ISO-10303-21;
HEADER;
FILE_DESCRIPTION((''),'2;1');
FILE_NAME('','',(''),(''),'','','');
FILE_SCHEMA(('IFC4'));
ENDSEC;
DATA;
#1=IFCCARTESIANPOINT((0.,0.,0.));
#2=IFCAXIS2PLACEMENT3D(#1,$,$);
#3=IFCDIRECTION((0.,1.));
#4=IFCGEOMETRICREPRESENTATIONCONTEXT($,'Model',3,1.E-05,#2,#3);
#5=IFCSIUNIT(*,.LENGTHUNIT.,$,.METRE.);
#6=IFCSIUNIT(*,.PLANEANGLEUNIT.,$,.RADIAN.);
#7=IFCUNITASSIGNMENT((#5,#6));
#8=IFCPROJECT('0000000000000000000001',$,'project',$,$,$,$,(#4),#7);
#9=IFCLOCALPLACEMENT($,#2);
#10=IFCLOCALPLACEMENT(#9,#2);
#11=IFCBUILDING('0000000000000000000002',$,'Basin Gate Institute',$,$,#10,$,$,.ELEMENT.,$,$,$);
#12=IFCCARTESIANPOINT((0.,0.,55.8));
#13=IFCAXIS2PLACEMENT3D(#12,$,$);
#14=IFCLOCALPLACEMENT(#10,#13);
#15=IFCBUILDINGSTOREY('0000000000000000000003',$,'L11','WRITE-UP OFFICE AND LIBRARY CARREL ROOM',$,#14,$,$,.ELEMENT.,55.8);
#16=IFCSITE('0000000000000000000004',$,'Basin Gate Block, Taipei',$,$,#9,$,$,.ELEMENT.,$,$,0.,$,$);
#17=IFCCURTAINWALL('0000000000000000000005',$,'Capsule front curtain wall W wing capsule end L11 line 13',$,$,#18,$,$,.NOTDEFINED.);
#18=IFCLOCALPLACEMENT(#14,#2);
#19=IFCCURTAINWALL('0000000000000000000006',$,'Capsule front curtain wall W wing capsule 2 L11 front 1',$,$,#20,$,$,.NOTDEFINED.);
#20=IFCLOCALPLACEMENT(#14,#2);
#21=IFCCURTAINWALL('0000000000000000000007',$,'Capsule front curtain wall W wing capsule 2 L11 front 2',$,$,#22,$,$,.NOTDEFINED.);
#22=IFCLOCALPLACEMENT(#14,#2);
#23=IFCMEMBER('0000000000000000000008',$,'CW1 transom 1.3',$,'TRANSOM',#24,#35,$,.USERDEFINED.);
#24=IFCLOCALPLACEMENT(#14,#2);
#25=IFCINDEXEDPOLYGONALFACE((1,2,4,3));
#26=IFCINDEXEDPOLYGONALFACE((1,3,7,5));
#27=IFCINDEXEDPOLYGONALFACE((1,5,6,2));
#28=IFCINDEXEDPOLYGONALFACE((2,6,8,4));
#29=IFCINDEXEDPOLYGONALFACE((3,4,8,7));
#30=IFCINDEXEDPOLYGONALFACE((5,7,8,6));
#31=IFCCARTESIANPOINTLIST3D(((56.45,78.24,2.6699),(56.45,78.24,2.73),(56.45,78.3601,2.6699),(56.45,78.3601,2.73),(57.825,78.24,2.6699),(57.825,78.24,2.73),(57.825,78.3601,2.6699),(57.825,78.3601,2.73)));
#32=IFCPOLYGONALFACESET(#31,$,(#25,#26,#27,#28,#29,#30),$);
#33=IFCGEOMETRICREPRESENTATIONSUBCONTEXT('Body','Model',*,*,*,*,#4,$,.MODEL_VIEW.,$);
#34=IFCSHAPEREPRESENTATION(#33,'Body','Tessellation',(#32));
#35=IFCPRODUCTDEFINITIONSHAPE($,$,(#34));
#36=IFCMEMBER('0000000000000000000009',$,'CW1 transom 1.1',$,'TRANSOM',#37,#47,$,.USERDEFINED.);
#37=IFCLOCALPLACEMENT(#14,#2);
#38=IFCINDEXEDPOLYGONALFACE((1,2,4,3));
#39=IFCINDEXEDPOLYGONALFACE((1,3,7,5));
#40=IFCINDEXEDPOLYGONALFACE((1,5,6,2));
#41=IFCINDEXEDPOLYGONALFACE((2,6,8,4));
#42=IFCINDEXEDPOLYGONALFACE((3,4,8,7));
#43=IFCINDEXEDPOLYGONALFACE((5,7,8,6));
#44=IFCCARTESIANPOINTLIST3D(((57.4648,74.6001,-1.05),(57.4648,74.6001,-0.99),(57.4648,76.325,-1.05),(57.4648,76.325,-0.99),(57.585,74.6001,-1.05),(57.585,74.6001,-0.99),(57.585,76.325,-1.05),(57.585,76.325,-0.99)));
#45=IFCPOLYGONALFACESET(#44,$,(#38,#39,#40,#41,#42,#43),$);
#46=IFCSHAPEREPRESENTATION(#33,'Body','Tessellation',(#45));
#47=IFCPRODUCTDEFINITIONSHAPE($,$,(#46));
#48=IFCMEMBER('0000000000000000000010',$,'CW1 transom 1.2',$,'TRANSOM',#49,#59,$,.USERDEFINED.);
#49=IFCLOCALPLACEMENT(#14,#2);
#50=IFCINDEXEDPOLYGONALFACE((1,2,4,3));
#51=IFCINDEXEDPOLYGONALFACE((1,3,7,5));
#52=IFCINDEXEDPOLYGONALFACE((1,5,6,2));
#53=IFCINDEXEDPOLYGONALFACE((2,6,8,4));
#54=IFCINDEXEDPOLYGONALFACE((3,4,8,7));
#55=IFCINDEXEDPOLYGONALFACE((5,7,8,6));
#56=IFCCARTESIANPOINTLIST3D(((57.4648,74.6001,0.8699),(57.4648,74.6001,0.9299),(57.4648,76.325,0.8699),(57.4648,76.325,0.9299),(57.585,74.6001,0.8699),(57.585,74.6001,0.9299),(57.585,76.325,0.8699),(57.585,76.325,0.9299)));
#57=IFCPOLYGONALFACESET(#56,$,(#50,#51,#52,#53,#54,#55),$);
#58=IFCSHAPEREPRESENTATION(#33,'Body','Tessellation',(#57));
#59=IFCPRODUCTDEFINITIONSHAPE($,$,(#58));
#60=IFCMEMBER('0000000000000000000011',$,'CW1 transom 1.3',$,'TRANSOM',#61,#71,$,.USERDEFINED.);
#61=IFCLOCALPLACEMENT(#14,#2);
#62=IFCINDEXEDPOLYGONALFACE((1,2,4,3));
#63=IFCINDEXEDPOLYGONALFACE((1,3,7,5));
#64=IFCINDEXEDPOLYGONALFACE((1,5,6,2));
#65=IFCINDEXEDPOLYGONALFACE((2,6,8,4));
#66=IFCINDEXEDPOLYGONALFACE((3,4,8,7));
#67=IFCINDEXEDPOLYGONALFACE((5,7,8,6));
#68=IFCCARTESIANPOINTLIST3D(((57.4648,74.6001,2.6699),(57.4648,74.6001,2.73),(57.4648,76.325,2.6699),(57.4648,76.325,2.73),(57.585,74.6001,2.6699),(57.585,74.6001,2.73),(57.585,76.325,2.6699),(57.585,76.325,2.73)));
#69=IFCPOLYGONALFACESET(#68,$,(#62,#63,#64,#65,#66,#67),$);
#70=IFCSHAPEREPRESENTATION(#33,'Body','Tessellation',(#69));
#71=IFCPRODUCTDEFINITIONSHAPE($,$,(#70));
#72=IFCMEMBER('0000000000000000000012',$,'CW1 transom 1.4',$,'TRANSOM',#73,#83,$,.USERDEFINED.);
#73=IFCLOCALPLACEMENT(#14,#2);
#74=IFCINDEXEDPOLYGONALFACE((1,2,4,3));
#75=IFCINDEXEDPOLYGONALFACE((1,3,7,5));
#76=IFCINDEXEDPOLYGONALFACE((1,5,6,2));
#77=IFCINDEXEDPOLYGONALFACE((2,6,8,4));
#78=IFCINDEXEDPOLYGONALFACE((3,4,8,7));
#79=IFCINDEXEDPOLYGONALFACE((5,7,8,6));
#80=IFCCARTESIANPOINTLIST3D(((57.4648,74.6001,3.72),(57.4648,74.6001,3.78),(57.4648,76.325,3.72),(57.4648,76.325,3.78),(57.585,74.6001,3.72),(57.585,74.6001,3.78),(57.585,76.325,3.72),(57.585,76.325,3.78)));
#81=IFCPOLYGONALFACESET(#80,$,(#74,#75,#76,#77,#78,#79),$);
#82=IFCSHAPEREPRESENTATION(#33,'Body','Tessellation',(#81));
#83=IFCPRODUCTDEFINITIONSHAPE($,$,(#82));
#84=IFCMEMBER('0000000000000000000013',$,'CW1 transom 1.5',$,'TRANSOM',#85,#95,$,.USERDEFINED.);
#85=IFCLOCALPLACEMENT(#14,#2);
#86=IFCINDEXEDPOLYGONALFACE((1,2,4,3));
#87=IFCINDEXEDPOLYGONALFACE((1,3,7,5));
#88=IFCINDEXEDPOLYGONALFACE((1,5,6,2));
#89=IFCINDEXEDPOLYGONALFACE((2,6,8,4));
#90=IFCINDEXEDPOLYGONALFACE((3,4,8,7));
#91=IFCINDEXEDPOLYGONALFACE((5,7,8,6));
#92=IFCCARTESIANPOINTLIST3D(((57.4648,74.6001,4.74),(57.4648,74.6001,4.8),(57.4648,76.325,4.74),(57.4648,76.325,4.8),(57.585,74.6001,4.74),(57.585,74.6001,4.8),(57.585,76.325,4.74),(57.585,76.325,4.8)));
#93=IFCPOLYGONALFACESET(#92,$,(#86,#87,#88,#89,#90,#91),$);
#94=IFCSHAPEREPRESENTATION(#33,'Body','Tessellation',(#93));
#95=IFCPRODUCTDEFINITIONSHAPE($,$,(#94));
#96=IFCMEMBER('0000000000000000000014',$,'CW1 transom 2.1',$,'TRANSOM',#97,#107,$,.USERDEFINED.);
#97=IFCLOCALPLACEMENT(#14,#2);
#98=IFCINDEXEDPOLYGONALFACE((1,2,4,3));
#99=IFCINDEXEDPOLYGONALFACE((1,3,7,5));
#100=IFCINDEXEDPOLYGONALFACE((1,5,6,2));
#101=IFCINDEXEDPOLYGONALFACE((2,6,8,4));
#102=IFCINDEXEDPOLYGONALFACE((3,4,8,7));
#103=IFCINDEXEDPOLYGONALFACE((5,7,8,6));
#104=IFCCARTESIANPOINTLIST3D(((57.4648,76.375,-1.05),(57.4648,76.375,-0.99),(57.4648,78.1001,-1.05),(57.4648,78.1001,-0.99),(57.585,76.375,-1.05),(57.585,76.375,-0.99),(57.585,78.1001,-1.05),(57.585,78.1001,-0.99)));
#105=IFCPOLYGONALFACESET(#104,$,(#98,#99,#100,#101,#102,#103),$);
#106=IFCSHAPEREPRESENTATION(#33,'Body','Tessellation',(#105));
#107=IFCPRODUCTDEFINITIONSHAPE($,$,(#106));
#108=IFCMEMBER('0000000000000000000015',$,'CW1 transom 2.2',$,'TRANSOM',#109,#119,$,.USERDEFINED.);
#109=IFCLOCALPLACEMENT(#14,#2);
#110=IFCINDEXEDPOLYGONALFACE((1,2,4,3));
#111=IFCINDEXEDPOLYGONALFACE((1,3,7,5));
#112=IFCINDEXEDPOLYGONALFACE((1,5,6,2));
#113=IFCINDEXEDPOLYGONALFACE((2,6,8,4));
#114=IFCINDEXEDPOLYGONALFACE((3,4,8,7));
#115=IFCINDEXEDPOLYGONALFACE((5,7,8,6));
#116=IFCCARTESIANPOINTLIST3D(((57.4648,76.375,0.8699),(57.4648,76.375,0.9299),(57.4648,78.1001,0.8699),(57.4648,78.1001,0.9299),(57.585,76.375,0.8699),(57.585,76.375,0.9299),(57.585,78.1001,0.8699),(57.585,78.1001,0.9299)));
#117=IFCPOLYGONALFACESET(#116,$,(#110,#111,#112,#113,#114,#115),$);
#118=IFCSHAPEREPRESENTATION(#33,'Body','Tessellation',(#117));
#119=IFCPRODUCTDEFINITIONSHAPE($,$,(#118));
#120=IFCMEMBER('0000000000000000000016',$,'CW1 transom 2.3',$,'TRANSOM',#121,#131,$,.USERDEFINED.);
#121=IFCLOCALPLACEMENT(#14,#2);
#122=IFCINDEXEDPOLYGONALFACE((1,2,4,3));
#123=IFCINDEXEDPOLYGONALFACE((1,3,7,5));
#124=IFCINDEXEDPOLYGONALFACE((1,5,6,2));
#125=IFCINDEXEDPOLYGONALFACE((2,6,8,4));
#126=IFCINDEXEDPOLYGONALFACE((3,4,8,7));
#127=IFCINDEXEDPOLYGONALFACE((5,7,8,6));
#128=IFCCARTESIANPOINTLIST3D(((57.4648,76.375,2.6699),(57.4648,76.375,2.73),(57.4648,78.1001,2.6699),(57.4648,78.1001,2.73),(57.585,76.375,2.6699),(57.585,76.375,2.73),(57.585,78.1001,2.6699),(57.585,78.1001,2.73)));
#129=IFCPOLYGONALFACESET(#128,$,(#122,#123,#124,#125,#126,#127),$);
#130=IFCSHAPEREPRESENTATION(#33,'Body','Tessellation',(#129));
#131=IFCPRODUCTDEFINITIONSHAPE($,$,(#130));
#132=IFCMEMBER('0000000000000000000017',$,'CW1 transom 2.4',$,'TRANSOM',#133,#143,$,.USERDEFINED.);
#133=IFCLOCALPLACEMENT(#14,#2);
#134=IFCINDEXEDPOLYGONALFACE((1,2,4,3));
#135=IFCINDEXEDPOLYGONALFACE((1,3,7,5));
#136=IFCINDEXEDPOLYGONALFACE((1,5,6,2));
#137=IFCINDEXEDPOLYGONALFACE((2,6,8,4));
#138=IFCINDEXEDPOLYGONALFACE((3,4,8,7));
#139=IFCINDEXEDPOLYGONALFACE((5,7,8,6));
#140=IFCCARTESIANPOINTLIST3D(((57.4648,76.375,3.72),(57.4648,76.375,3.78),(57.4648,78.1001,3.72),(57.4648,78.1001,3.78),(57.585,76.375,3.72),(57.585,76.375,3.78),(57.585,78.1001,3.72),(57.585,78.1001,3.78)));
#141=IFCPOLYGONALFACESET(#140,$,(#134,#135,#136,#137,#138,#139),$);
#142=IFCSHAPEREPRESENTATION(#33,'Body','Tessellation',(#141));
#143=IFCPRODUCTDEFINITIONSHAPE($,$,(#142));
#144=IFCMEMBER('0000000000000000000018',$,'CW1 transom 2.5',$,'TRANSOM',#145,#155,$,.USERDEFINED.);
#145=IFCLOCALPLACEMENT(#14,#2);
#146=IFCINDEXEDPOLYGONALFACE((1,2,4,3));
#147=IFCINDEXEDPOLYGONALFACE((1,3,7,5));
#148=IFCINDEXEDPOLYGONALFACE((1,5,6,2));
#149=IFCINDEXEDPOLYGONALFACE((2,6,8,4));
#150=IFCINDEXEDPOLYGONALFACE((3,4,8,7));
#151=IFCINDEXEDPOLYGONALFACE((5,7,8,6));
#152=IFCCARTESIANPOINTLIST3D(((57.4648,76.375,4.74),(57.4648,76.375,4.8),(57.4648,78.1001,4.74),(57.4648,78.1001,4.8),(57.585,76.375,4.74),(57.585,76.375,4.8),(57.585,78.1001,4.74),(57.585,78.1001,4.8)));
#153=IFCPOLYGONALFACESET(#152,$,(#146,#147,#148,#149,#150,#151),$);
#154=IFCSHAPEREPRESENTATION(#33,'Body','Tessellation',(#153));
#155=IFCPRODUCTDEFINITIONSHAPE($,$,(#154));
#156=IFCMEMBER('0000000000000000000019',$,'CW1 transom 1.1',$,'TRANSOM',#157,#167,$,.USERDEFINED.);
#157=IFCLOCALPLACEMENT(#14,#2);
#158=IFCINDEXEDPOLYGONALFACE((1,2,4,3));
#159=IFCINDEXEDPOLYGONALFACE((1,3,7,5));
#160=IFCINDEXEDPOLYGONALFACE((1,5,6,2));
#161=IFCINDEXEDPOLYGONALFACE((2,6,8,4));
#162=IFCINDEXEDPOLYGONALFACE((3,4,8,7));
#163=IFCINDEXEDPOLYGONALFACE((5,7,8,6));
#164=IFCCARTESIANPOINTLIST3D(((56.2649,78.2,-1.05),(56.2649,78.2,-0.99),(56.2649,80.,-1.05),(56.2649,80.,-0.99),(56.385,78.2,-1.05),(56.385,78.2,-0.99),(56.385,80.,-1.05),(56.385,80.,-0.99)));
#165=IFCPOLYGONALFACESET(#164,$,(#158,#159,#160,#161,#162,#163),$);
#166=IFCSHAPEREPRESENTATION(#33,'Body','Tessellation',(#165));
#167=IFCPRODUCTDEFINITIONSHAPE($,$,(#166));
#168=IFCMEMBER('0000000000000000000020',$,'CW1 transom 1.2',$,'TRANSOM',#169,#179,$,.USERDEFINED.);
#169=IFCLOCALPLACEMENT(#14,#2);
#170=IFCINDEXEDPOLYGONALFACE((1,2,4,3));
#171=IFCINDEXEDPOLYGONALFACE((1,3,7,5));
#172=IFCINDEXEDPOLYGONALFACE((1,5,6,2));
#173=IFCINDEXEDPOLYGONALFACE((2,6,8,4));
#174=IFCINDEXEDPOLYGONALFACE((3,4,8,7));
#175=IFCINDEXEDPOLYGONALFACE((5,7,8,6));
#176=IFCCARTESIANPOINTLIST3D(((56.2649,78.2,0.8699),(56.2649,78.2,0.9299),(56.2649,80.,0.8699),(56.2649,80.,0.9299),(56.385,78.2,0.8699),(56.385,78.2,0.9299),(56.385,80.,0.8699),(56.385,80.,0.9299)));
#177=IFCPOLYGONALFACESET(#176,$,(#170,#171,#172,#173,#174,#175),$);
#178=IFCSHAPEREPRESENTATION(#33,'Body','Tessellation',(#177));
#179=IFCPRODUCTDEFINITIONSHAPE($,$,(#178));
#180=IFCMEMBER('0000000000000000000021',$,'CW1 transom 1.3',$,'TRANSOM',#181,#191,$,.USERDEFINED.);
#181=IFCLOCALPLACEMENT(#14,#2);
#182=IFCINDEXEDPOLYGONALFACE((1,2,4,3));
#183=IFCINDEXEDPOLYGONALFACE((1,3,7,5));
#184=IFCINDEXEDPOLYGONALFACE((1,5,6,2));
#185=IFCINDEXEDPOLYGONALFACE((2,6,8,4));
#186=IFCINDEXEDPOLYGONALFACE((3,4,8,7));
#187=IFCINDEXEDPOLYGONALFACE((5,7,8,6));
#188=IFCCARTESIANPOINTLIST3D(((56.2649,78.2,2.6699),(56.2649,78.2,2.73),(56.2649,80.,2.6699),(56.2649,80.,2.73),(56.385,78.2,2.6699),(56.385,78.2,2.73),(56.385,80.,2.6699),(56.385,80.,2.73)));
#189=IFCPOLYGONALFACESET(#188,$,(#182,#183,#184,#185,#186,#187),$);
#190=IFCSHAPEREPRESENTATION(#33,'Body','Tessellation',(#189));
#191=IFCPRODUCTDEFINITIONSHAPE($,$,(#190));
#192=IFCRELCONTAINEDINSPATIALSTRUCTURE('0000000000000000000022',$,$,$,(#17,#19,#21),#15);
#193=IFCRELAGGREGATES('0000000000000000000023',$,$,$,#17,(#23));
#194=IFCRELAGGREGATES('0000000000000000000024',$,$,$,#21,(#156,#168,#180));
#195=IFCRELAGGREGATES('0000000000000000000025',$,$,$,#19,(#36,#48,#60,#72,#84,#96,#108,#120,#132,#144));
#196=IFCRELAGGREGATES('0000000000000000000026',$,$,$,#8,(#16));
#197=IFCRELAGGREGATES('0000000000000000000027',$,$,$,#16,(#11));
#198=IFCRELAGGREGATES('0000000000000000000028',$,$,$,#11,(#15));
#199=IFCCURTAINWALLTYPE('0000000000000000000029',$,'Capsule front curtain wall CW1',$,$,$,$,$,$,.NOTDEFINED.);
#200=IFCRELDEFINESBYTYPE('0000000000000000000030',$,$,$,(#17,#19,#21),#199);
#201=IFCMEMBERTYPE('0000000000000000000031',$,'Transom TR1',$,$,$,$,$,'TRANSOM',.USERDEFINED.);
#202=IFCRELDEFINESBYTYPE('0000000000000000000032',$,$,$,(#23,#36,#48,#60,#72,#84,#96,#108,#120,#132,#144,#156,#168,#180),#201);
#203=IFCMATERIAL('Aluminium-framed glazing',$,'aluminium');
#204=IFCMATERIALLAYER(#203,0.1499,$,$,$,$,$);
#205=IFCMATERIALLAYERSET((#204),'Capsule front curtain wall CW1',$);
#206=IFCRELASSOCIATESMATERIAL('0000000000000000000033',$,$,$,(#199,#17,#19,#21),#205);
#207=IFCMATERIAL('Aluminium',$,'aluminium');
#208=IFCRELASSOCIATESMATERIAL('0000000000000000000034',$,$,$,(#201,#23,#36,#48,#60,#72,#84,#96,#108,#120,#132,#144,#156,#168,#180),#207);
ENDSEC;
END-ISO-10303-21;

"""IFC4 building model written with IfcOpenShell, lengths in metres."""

from ifc_helpers import new_model, si_unit, direction, frame, origin, origin_2d, place, context, subcontext, project, spatial, rectangle, extrude, material, layer, layer_set, material_profile, profile_set, type_object, element, aggregate, save


model = new_model("IFC4")

# Units and contexts
model_context = context("Model", 3, precision=1e-05, world=origin(), true_north=direction((0.0, 1.0)))
body_context = subcontext(model_context, "Body", "Model", "MODEL_VIEW")
ifc_project = project(units=[si_unit("LENGTHUNIT", "METRE"), si_unit("PLANEANGLEUNIT", "RADIAN")], contexts=[model_context])

# Site, building, storey
site_placement = place(None, origin())
site = spatial("IfcSite", under=ifc_project, at=site_placement, Name="Basin Gate Block, Taipei", CompositionType="ELEMENT", RefElevation=0.0)
building_placement = place(site_placement, origin())
building = spatial("IfcBuilding", under=site, at=building_placement, Name="Basin Gate Institute", CompositionType="ELEMENT")
storey_placement = place(building_placement, frame((0.0, 0.0, 55.8)))
storey = spatial("IfcBuildingStorey", under=building, at=storey_placement, Name="L11", Description="WRITE-UP OFFICE AND LIBRARY CARREL ROOM", CompositionType="ELEMENT", Elevation=55.8)

# Curtain wall
ifc_material_1 = material(Name="Aluminium-framed glazing", Category="aluminium")
ifc_layer_1 = layer(ifc_material_1, 0.1499)
ifc_layer_set_1 = layer_set([ifc_layer_1], Name="Capsule front curtain wall CW1")
curtain_wall_type = type_object("IfcCurtainWallType", Name="Capsule front curtain wall CW1", PredefinedType="NOTDEFINED", material=ifc_layer_set_1)
curtain_wall_1_placement = place(storey_placement, origin())
curtain_wall_1 = element("IfcCurtainWall", 1, at=curtain_wall_1_placement, inside=storey, type_object=curtain_wall_type, material=ifc_layer_set_1, Name="Capsule front curtain wall W wing capsule end L11 line 13", PredefinedType="NOTDEFINED")

# Curtain wall
curtain_wall_2_placement = place(storey_placement, origin())
curtain_wall_2 = element("IfcCurtainWall", 2, at=curtain_wall_2_placement, inside=storey, type_object=curtain_wall_type, material=ifc_layer_set_1, Name="Capsule front curtain wall W wing capsule 2 L11 front 1", PredefinedType="NOTDEFINED")

# Curtain wall
curtain_wall_3_placement = place(storey_placement, origin())
curtain_wall_3 = element("IfcCurtainWall", 3, at=curtain_wall_3_placement, inside=storey, type_object=curtain_wall_type, material=ifc_layer_set_1, Name="Capsule front curtain wall W wing capsule 2 L11 front 2", PredefinedType="NOTDEFINED")

# Members
ifc_material_2 = material(Name="Aluminium", Category="aluminium")
ifc_material_profile_1 = material_profile(ifc_material_2, rectangle(XDim=0.1201, YDim=0.0601, at=origin_2d()), Name="Transom TR1 120 x 60")
ifc_profile_set_1 = profile_set([ifc_material_profile_1], Name="Aluminium")
member_type_1 = type_object("IfcMemberType", Name="Transom TR1", ElementType="TRANSOM", PredefinedType="USERDEFINED", material=ifc_profile_set_1)
member_1_placement = place(storey_placement, frame((56.45, 78.3, 2.7), z_axis=(1.0, 0.0, 0.0), x_axis=(0.0, 1.0, 0.0)))
member_1 = element("IfcMember", 4, at=member_1_placement, type_object=member_type_1, material=ifc_profile_set_1, Name="CW1 transom 1.3", ObjectType="TRANSOM", PredefinedType="USERDEFINED", context=body_context, shape_type="SweptSolid", body=[
    extrude(rectangle(XDim=0.1201, YDim=0.0601, at=origin_2d()), origin(), (0.0, 0.0, 1.0), 1.375),
])
aggregate(curtain_wall_1, [member_1])
member_2_placement = place(storey_placement, frame((57.5249, 74.6001, -1.02), z_axis=(0.0, 1.0, 0.0), x_axis=(-1.0, 0.0, 0.0)))
member_2 = element("IfcMember", 5, at=member_2_placement, type_object=member_type_1, material=ifc_profile_set_1, Name="CW1 transom 1.1", ObjectType="TRANSOM", PredefinedType="USERDEFINED", context=body_context, shape_type="SweptSolid", body=[
    extrude(rectangle(XDim=0.1201, YDim=0.0601, at=origin_2d()), origin(), (0.0, 0.0, 1.0), 1.7249),
])
member_3_placement = place(storey_placement, frame((57.5249, 74.6001, 0.8999), z_axis=(0.0, 1.0, 0.0), x_axis=(-1.0, 0.0, 0.0)))
member_3 = element("IfcMember", 6, at=member_3_placement, type_object=member_type_1, material=ifc_profile_set_1, Name="CW1 transom 1.2", ObjectType="TRANSOM", PredefinedType="USERDEFINED", context=body_context, shape_type="SweptSolid", body=[
    extrude(rectangle(XDim=0.1201, YDim=0.0601, at=origin_2d()), origin(), (0.0, 0.0, 1.0), 1.7249),
])
member_4_placement = place(storey_placement, frame((57.5249, 74.6001, 2.7), z_axis=(0.0, 1.0, 0.0), x_axis=(-1.0, 0.0, 0.0)))
member_4 = element("IfcMember", 7, at=member_4_placement, type_object=member_type_1, material=ifc_profile_set_1, Name="CW1 transom 1.3", ObjectType="TRANSOM", PredefinedType="USERDEFINED", context=body_context, shape_type="SweptSolid", body=[
    extrude(rectangle(XDim=0.1201, YDim=0.0601, at=origin_2d()), origin(), (0.0, 0.0, 1.0), 1.7249),
])
member_5_placement = place(storey_placement, frame((57.5249, 74.6001, 3.75), z_axis=(0.0, 1.0, 0.0), x_axis=(-1.0, 0.0, 0.0)))
member_5 = element("IfcMember", 8, at=member_5_placement, type_object=member_type_1, material=ifc_profile_set_1, Name="CW1 transom 1.4", ObjectType="TRANSOM", PredefinedType="USERDEFINED", context=body_context, shape_type="SweptSolid", body=[
    extrude(rectangle(XDim=0.1201, YDim=0.0601, at=origin_2d()), origin(), (0.0, 0.0, 1.0), 1.7249),
])
member_6_placement = place(storey_placement, frame((57.5249, 74.6001, 4.77), z_axis=(0.0, 1.0, 0.0), x_axis=(-1.0, 0.0, 0.0)))
member_6 = element("IfcMember", 9, at=member_6_placement, type_object=member_type_1, material=ifc_profile_set_1, Name="CW1 transom 1.5", ObjectType="TRANSOM", PredefinedType="USERDEFINED", context=body_context, shape_type="SweptSolid", body=[
    extrude(rectangle(XDim=0.1201, YDim=0.0601, at=origin_2d()), origin(), (0.0, 0.0, 1.0), 1.7249),
])
member_7_placement = place(storey_placement, frame((57.5249, 76.375, -1.02), z_axis=(0.0, 1.0, 0.0), x_axis=(-1.0, 0.0, 0.0)))
member_7 = element("IfcMember", 10, at=member_7_placement, type_object=member_type_1, material=ifc_profile_set_1, Name="CW1 transom 2.1", ObjectType="TRANSOM", PredefinedType="USERDEFINED", context=body_context, shape_type="SweptSolid", body=[
    extrude(rectangle(XDim=0.1201, YDim=0.0601, at=origin_2d()), origin(), (0.0, 0.0, 1.0), 1.7251),
])
member_8_placement = place(storey_placement, frame((57.5249, 76.375, 0.8999), z_axis=(0.0, 1.0, 0.0), x_axis=(-1.0, 0.0, 0.0)))
member_8 = element("IfcMember", 11, at=member_8_placement, type_object=member_type_1, material=ifc_profile_set_1, Name="CW1 transom 2.2", ObjectType="TRANSOM", PredefinedType="USERDEFINED", context=body_context, shape_type="SweptSolid", body=[
    extrude(rectangle(XDim=0.1201, YDim=0.0601, at=origin_2d()), origin(), (0.0, 0.0, 1.0), 1.7251),
])
member_9_placement = place(storey_placement, frame((57.5249, 76.375, 2.7), z_axis=(0.0, 1.0, 0.0), x_axis=(-1.0, 0.0, 0.0)))
member_9 = element("IfcMember", 12, at=member_9_placement, type_object=member_type_1, material=ifc_profile_set_1, Name="CW1 transom 2.3", ObjectType="TRANSOM", PredefinedType="USERDEFINED", context=body_context, shape_type="SweptSolid", body=[
    extrude(rectangle(XDim=0.1201, YDim=0.0601, at=origin_2d()), origin(), (0.0, 0.0, 1.0), 1.7251),
])
member_10_placement = place(storey_placement, frame((57.5249, 76.375, 3.75), z_axis=(0.0, 1.0, 0.0), x_axis=(-1.0, 0.0, 0.0)))
member_10 = element("IfcMember", 13, at=member_10_placement, type_object=member_type_1, material=ifc_profile_set_1, Name="CW1 transom 2.4", ObjectType="TRANSOM", PredefinedType="USERDEFINED", context=body_context, shape_type="SweptSolid", body=[
    extrude(rectangle(XDim=0.1201, YDim=0.0601, at=origin_2d()), origin(), (0.0, 0.0, 1.0), 1.7251),
])
member_11_placement = place(storey_placement, frame((57.5249, 76.375, 4.77), z_axis=(0.0, 1.0, 0.0), x_axis=(-1.0, 0.0, 0.0)))
member_11 = element("IfcMember", 14, at=member_11_placement, type_object=member_type_1, material=ifc_profile_set_1, Name="CW1 transom 2.5", ObjectType="TRANSOM", PredefinedType="USERDEFINED", context=body_context, shape_type="SweptSolid", body=[
    extrude(rectangle(XDim=0.1201, YDim=0.0601, at=origin_2d()), origin(), (0.0, 0.0, 1.0), 1.7251),
])
member_12_placement = place(storey_placement, frame((56.325, 78.2, -1.02), z_axis=(0.0, 1.0, 0.0), x_axis=(-1.0, 0.0, 0.0)))
member_12 = element("IfcMember", 15, at=member_12_placement, type_object=member_type_1, material=ifc_profile_set_1, Name="CW1 transom 1.1", ObjectType="TRANSOM", PredefinedType="USERDEFINED", context=body_context, shape_type="SweptSolid", body=[
    extrude(rectangle(XDim=0.1201, YDim=0.0601, at=origin_2d()), origin(), (0.0, 0.0, 1.0), 1.8),
])
member_13_placement = place(storey_placement, frame((56.325, 78.2, 0.8999), z_axis=(0.0, 1.0, 0.0), x_axis=(-1.0, 0.0, 0.0)))
member_13 = element("IfcMember", 16, at=member_13_placement, type_object=member_type_1, material=ifc_profile_set_1, Name="CW1 transom 1.2", ObjectType="TRANSOM", PredefinedType="USERDEFINED", context=body_context, shape_type="SweptSolid", body=[
    extrude(rectangle(XDim=0.1201, YDim=0.0601, at=origin_2d()), origin(), (0.0, 0.0, 1.0), 1.8),
])
member_14_placement = place(storey_placement, frame((56.325, 78.2, 2.7), z_axis=(0.0, 1.0, 0.0), x_axis=(-1.0, 0.0, 0.0)))
member_14 = element("IfcMember", 17, at=member_14_placement, type_object=member_type_1, material=ifc_profile_set_1, Name="CW1 transom 1.3", ObjectType="TRANSOM", PredefinedType="USERDEFINED", context=body_context, shape_type="SweptSolid", body=[
    extrude(rectangle(XDim=0.1201, YDim=0.0601, at=origin_2d()), origin(), (0.0, 0.0, 1.0), 1.8),
])
aggregate(curtain_wall_3, [member_12, member_13, member_14])

aggregate(curtain_wall_2, [member_2, member_3, member_4, member_5, member_6, member_7, member_8, member_9, member_10, member_11])

save(model, "model.ifc")
